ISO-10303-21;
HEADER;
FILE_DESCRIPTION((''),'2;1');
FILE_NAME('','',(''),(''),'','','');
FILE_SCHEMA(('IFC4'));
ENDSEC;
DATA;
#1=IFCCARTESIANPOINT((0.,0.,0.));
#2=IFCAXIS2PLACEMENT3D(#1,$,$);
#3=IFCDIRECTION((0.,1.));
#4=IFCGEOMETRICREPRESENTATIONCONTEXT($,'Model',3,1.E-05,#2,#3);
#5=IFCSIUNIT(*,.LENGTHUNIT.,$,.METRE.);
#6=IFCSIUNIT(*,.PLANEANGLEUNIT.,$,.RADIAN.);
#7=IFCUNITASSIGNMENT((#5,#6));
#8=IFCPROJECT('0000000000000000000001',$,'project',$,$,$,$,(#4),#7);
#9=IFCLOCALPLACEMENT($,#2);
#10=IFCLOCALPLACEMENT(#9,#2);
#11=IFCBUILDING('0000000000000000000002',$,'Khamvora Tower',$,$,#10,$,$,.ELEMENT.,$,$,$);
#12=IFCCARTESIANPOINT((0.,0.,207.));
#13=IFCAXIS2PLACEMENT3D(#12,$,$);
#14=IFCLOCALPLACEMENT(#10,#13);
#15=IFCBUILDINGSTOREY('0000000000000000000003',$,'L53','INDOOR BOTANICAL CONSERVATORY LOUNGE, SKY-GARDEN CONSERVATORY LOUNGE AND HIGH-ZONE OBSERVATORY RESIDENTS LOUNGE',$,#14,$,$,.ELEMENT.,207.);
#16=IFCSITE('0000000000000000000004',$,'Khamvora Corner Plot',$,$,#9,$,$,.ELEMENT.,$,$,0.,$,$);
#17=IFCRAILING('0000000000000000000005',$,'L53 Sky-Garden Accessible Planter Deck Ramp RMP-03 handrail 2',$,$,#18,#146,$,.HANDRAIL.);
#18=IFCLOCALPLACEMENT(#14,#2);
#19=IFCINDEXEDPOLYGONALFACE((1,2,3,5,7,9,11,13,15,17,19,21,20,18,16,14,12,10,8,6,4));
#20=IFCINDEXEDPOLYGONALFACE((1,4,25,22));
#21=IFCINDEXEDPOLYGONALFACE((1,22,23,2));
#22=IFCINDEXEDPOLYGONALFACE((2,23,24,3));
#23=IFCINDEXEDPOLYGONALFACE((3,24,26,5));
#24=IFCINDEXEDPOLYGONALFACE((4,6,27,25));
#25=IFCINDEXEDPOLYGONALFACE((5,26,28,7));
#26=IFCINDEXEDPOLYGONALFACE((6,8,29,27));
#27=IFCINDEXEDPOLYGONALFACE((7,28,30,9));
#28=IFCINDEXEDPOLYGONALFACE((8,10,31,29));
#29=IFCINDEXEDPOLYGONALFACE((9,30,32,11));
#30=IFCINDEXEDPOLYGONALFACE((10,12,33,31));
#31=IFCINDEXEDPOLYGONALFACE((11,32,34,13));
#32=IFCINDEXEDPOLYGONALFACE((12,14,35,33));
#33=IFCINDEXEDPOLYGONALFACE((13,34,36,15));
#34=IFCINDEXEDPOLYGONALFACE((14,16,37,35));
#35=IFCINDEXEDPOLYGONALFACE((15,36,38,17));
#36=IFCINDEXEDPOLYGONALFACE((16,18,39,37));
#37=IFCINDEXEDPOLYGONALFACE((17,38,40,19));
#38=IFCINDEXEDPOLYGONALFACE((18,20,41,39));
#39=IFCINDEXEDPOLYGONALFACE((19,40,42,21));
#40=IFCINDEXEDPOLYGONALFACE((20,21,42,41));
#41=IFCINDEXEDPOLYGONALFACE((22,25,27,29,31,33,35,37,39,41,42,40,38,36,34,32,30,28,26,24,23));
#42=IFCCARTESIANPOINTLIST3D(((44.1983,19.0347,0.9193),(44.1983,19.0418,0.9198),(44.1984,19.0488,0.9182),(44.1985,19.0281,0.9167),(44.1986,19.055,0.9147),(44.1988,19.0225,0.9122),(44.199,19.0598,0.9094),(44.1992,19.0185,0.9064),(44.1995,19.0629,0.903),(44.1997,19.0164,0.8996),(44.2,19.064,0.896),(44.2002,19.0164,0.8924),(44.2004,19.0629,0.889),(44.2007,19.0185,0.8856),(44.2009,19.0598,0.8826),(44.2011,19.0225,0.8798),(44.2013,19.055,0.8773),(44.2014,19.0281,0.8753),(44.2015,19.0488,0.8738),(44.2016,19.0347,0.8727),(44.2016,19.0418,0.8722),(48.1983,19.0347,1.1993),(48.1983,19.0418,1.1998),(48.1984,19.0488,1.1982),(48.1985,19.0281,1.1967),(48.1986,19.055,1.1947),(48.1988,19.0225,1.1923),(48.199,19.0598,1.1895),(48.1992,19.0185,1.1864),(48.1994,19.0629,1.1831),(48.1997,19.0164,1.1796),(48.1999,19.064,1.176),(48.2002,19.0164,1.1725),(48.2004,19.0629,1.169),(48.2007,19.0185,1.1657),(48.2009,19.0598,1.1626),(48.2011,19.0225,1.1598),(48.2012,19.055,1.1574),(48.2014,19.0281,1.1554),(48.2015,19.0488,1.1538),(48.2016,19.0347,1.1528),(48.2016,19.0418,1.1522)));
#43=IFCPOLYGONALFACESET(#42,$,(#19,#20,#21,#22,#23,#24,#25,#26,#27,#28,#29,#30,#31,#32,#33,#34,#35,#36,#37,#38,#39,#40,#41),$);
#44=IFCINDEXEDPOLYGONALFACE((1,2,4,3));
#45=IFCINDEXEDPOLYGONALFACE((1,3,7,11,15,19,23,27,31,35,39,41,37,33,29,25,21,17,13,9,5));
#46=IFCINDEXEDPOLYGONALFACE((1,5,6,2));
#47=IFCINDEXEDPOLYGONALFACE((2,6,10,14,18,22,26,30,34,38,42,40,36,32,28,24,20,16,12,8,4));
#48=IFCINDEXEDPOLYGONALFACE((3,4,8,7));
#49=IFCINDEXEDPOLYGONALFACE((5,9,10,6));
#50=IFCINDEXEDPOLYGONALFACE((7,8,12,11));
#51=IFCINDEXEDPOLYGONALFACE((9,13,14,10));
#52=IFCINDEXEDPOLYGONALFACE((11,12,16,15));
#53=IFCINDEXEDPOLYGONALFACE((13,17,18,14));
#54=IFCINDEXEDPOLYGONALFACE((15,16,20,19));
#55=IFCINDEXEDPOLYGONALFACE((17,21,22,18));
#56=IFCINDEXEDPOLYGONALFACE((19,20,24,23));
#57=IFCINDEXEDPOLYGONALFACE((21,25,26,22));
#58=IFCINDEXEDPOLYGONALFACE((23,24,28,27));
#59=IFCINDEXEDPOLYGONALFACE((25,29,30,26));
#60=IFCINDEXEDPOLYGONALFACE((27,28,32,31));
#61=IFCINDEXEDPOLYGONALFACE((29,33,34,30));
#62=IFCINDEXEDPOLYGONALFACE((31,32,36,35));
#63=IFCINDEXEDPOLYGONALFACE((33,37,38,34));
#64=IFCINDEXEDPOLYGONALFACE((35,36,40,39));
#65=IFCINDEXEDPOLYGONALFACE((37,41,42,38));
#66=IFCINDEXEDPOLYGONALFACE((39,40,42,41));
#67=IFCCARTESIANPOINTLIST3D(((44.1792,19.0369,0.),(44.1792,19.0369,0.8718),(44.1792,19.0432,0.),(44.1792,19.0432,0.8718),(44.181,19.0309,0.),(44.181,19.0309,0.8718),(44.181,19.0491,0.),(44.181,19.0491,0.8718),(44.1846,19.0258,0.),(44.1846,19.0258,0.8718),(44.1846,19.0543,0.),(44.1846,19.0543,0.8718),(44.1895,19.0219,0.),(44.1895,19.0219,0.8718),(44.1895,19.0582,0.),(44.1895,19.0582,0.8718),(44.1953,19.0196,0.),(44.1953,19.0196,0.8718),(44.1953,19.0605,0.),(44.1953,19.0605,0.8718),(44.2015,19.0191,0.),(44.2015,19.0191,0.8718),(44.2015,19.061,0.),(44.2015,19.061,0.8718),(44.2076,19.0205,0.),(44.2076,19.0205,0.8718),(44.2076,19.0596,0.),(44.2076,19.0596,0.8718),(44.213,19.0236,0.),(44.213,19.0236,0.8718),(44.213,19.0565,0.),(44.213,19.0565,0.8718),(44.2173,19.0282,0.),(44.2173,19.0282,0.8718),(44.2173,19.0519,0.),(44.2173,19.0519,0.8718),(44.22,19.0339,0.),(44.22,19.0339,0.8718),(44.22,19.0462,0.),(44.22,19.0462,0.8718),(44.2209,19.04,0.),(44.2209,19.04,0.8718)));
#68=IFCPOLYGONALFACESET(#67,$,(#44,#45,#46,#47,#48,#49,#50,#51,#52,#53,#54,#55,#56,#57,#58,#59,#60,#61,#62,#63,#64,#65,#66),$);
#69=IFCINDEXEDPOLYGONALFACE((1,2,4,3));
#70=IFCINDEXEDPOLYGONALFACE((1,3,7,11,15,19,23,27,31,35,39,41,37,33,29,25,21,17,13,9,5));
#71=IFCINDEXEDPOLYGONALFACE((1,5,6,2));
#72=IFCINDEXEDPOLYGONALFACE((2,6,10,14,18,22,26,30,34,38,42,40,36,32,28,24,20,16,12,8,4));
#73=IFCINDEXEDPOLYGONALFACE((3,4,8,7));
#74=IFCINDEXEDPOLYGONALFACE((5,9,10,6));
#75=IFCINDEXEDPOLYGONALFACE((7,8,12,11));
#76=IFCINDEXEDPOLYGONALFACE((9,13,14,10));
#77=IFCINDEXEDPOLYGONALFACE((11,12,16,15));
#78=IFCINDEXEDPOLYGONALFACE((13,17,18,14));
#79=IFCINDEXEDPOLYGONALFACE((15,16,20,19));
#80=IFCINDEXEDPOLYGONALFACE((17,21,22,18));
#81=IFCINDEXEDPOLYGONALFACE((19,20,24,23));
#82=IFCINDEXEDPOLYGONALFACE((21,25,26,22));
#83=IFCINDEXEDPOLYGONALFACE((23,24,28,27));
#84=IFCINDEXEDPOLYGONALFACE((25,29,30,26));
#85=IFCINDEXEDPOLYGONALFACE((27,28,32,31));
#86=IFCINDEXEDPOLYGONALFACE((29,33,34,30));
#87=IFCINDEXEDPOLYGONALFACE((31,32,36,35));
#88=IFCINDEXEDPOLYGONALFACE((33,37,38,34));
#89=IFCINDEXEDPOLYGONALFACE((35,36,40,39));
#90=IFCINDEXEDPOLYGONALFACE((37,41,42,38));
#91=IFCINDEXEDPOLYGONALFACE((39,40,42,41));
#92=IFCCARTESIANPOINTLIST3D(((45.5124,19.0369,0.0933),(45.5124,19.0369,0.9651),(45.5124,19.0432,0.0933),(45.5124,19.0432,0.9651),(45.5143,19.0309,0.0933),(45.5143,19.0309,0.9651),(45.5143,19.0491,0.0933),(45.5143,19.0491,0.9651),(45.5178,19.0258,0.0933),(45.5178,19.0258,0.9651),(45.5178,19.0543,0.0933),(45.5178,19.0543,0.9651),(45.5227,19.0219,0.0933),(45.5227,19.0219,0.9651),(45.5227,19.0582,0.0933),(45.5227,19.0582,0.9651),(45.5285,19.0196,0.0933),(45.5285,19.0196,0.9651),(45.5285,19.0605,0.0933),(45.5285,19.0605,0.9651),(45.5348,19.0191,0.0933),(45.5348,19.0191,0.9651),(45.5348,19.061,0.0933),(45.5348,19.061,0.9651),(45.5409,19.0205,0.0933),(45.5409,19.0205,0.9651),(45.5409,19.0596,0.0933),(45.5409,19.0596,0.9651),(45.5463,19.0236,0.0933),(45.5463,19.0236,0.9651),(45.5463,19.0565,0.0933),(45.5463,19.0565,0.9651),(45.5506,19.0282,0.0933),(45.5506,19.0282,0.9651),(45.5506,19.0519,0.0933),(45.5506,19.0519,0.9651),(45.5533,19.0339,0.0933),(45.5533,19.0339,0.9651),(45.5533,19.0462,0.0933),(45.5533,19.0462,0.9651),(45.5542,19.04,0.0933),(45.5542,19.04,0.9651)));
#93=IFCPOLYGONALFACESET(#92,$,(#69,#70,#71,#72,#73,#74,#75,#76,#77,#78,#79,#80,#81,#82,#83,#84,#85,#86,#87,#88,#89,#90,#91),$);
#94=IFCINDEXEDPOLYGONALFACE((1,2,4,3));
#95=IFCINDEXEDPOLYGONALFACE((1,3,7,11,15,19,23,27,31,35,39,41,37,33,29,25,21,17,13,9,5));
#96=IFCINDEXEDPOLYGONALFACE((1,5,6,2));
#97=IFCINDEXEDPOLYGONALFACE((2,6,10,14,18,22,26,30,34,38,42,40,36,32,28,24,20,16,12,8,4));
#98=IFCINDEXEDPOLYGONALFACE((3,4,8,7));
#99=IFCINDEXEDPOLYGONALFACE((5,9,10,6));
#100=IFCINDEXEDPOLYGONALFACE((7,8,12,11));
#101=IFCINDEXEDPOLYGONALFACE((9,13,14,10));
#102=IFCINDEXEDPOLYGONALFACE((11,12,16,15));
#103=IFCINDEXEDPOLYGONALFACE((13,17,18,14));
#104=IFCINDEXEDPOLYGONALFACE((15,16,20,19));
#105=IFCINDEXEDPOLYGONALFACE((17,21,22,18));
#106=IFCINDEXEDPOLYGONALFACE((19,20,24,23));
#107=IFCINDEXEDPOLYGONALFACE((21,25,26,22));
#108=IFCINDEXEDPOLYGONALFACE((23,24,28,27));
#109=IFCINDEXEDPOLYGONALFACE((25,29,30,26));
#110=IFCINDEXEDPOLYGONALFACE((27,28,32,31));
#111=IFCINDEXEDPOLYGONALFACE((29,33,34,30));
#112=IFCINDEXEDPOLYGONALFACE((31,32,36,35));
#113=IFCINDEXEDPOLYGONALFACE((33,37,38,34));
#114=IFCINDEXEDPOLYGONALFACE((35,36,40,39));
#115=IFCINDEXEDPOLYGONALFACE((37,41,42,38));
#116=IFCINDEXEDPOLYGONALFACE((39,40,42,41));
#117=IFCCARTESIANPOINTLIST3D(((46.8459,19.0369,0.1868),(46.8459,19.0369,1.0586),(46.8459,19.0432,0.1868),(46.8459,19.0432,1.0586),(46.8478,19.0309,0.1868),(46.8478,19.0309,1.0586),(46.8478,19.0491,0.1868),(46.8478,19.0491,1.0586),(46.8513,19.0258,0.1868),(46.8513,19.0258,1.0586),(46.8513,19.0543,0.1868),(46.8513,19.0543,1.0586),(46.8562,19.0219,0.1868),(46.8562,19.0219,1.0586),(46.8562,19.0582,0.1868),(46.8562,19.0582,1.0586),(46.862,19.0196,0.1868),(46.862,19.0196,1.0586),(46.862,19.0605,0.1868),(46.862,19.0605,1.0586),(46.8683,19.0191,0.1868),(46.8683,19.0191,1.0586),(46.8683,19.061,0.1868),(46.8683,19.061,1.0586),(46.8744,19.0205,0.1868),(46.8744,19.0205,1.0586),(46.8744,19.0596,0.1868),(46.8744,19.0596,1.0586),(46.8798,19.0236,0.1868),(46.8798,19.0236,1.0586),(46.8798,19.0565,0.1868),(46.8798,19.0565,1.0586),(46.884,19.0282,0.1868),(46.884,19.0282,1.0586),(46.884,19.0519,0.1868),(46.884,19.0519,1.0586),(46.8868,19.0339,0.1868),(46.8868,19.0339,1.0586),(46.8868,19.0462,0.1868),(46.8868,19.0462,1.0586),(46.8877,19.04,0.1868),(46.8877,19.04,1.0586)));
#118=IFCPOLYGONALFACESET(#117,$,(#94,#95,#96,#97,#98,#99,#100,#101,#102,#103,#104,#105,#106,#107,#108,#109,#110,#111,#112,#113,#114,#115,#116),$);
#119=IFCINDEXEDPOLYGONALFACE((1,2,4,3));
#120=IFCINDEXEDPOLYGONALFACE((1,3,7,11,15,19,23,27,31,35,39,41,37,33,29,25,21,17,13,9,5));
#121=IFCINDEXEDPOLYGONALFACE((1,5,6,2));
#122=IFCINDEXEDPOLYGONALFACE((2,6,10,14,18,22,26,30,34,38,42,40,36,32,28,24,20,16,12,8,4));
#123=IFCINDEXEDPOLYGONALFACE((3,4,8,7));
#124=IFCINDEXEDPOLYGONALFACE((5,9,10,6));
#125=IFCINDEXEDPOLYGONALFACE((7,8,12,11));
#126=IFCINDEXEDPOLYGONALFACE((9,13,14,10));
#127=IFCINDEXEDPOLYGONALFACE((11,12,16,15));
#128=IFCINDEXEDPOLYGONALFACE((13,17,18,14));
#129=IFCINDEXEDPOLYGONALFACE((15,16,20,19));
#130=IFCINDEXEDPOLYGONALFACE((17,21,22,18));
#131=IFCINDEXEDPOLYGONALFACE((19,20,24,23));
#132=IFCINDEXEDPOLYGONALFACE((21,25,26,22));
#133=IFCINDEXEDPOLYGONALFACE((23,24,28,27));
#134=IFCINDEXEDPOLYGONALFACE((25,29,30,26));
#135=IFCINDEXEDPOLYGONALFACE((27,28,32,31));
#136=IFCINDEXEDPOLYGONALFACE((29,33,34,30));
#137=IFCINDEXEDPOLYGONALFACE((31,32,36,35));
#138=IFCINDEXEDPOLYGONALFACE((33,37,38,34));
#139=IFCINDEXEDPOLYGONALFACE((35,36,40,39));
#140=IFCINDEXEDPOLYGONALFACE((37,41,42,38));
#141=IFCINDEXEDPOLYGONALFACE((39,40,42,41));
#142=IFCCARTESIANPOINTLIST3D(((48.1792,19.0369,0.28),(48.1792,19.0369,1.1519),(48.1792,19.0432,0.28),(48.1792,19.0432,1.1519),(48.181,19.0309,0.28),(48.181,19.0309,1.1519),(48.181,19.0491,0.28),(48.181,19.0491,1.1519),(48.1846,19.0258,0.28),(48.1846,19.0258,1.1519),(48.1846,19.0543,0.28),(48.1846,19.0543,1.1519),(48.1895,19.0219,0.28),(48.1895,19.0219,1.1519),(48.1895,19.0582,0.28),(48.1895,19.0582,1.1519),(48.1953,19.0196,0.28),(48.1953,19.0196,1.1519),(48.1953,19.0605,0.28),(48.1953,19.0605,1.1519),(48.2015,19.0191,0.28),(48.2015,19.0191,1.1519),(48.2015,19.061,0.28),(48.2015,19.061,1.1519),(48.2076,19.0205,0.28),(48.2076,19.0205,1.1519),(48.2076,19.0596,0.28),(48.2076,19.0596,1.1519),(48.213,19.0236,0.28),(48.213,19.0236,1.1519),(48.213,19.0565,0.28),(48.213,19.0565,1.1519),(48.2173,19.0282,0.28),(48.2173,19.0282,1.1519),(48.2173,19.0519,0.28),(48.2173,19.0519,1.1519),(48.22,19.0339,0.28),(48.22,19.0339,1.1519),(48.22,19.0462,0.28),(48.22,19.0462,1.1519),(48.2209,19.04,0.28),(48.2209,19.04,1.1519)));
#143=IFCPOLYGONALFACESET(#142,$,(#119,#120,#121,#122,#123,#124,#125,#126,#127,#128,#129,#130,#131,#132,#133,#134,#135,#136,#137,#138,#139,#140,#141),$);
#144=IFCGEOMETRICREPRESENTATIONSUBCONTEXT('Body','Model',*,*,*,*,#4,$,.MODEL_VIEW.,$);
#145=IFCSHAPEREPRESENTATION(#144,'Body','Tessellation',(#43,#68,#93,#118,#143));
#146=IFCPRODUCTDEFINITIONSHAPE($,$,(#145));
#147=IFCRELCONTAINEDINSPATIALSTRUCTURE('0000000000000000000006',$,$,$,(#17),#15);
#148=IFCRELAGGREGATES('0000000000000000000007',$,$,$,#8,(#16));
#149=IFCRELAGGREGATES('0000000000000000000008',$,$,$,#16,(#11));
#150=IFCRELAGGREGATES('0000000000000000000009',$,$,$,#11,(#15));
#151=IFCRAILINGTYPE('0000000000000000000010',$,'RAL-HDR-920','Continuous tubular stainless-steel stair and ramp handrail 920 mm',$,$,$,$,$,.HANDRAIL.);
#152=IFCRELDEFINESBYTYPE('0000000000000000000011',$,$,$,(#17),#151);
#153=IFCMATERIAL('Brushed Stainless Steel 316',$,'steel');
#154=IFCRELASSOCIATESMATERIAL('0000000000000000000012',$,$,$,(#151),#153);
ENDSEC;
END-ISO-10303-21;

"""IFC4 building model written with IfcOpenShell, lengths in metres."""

from ifc_helpers import new_model, si_unit, direction, frame, origin, origin_2d, place, context, subcontext, project, spatial, circle, extrude, material, type_object, element, save


model = new_model("IFC4")

# Units and contexts
model_context = context("Model", 3, precision=1e-05, world=origin(), true_north=direction((0.0, 1.0)))
body_context = subcontext(model_context, "Body", "Model", "MODEL_VIEW")
ifc_project = project(units=[si_unit("LENGTHUNIT", "METRE"), si_unit("PLANEANGLEUNIT", "RADIAN")], contexts=[model_context])

# Site, building, storey
site_placement = place(None, origin())
site = spatial("IfcSite", under=ifc_project, at=site_placement, Name="Khamvora Corner Plot", CompositionType="ELEMENT", RefElevation=0.0)
building_placement = place(site_placement, origin())
building = spatial("IfcBuilding", under=site, at=building_placement, Name="Khamvora Tower", CompositionType="ELEMENT")
storey_placement = place(building_placement, frame((0.0, 0.0, 207.0)))
storey = spatial("IfcBuildingStorey", under=building, at=storey_placement, Name="L53", Description="INDOOR BOTANICAL CONSERVATORY LOUNGE, SKY-GARDEN CONSERVATORY LOUNGE AND HIGH-ZONE OBSERVATORY RESIDENTS LOUNGE", CompositionType="ELEMENT", Elevation=207.0)

# Railing
ifc_material_1 = material(Name="Brushed Stainless Steel 316", Category="steel")
railing_type = type_object("IfcRailingType", Name="RAL-HDR-920", Description="Continuous tubular stainless-steel stair and ramp handrail 920 mm", PredefinedType="HANDRAIL", material=ifc_material_1)
for number, where, name in (
    (1, (44.2, 19.04, 0.0), "L53 Sky-Garden Accessible Planter Deck Ramp RMP-03 handrail 2"),
):
    element("IfcRailing", number, at=place(storey_placement, frame(where)), inside=storey, type_object=railing_type, Name=name, PredefinedType="HANDRAIL", context=body_context, shape_type="SweptSolid", body=[
        extrude(circle(Radius=0.0239, at=origin_2d()), frame((0.0, 0.0, 0.896), z_axis=(0.997558, 0.0, 0.069836), x_axis=(0.0, 1.0, 0.0)), (0.0, 0.0, 1.0), 4.0098),
        extrude(circle(Radius=0.021, at=origin_2d()), origin(), (0.0, 0.0, 1.0), 0.8718),
        extrude(circle(Radius=0.021, at=origin_2d()), frame((1.3333, 0.0, 0.0933)), (0.0, 0.0, 1.0), 0.8718),
        extrude(circle(Radius=0.021, at=origin_2d()), frame((2.6667, 0.0, 0.1868)), (0.0, 0.0, 1.0), 0.8718),
        extrude(circle(Radius=0.021, at=origin_2d()), frame((4.0, 0.0, 0.28)), (0.0, 0.0, 1.0), 0.8718),
    ])

save(model, "model.ifc")
